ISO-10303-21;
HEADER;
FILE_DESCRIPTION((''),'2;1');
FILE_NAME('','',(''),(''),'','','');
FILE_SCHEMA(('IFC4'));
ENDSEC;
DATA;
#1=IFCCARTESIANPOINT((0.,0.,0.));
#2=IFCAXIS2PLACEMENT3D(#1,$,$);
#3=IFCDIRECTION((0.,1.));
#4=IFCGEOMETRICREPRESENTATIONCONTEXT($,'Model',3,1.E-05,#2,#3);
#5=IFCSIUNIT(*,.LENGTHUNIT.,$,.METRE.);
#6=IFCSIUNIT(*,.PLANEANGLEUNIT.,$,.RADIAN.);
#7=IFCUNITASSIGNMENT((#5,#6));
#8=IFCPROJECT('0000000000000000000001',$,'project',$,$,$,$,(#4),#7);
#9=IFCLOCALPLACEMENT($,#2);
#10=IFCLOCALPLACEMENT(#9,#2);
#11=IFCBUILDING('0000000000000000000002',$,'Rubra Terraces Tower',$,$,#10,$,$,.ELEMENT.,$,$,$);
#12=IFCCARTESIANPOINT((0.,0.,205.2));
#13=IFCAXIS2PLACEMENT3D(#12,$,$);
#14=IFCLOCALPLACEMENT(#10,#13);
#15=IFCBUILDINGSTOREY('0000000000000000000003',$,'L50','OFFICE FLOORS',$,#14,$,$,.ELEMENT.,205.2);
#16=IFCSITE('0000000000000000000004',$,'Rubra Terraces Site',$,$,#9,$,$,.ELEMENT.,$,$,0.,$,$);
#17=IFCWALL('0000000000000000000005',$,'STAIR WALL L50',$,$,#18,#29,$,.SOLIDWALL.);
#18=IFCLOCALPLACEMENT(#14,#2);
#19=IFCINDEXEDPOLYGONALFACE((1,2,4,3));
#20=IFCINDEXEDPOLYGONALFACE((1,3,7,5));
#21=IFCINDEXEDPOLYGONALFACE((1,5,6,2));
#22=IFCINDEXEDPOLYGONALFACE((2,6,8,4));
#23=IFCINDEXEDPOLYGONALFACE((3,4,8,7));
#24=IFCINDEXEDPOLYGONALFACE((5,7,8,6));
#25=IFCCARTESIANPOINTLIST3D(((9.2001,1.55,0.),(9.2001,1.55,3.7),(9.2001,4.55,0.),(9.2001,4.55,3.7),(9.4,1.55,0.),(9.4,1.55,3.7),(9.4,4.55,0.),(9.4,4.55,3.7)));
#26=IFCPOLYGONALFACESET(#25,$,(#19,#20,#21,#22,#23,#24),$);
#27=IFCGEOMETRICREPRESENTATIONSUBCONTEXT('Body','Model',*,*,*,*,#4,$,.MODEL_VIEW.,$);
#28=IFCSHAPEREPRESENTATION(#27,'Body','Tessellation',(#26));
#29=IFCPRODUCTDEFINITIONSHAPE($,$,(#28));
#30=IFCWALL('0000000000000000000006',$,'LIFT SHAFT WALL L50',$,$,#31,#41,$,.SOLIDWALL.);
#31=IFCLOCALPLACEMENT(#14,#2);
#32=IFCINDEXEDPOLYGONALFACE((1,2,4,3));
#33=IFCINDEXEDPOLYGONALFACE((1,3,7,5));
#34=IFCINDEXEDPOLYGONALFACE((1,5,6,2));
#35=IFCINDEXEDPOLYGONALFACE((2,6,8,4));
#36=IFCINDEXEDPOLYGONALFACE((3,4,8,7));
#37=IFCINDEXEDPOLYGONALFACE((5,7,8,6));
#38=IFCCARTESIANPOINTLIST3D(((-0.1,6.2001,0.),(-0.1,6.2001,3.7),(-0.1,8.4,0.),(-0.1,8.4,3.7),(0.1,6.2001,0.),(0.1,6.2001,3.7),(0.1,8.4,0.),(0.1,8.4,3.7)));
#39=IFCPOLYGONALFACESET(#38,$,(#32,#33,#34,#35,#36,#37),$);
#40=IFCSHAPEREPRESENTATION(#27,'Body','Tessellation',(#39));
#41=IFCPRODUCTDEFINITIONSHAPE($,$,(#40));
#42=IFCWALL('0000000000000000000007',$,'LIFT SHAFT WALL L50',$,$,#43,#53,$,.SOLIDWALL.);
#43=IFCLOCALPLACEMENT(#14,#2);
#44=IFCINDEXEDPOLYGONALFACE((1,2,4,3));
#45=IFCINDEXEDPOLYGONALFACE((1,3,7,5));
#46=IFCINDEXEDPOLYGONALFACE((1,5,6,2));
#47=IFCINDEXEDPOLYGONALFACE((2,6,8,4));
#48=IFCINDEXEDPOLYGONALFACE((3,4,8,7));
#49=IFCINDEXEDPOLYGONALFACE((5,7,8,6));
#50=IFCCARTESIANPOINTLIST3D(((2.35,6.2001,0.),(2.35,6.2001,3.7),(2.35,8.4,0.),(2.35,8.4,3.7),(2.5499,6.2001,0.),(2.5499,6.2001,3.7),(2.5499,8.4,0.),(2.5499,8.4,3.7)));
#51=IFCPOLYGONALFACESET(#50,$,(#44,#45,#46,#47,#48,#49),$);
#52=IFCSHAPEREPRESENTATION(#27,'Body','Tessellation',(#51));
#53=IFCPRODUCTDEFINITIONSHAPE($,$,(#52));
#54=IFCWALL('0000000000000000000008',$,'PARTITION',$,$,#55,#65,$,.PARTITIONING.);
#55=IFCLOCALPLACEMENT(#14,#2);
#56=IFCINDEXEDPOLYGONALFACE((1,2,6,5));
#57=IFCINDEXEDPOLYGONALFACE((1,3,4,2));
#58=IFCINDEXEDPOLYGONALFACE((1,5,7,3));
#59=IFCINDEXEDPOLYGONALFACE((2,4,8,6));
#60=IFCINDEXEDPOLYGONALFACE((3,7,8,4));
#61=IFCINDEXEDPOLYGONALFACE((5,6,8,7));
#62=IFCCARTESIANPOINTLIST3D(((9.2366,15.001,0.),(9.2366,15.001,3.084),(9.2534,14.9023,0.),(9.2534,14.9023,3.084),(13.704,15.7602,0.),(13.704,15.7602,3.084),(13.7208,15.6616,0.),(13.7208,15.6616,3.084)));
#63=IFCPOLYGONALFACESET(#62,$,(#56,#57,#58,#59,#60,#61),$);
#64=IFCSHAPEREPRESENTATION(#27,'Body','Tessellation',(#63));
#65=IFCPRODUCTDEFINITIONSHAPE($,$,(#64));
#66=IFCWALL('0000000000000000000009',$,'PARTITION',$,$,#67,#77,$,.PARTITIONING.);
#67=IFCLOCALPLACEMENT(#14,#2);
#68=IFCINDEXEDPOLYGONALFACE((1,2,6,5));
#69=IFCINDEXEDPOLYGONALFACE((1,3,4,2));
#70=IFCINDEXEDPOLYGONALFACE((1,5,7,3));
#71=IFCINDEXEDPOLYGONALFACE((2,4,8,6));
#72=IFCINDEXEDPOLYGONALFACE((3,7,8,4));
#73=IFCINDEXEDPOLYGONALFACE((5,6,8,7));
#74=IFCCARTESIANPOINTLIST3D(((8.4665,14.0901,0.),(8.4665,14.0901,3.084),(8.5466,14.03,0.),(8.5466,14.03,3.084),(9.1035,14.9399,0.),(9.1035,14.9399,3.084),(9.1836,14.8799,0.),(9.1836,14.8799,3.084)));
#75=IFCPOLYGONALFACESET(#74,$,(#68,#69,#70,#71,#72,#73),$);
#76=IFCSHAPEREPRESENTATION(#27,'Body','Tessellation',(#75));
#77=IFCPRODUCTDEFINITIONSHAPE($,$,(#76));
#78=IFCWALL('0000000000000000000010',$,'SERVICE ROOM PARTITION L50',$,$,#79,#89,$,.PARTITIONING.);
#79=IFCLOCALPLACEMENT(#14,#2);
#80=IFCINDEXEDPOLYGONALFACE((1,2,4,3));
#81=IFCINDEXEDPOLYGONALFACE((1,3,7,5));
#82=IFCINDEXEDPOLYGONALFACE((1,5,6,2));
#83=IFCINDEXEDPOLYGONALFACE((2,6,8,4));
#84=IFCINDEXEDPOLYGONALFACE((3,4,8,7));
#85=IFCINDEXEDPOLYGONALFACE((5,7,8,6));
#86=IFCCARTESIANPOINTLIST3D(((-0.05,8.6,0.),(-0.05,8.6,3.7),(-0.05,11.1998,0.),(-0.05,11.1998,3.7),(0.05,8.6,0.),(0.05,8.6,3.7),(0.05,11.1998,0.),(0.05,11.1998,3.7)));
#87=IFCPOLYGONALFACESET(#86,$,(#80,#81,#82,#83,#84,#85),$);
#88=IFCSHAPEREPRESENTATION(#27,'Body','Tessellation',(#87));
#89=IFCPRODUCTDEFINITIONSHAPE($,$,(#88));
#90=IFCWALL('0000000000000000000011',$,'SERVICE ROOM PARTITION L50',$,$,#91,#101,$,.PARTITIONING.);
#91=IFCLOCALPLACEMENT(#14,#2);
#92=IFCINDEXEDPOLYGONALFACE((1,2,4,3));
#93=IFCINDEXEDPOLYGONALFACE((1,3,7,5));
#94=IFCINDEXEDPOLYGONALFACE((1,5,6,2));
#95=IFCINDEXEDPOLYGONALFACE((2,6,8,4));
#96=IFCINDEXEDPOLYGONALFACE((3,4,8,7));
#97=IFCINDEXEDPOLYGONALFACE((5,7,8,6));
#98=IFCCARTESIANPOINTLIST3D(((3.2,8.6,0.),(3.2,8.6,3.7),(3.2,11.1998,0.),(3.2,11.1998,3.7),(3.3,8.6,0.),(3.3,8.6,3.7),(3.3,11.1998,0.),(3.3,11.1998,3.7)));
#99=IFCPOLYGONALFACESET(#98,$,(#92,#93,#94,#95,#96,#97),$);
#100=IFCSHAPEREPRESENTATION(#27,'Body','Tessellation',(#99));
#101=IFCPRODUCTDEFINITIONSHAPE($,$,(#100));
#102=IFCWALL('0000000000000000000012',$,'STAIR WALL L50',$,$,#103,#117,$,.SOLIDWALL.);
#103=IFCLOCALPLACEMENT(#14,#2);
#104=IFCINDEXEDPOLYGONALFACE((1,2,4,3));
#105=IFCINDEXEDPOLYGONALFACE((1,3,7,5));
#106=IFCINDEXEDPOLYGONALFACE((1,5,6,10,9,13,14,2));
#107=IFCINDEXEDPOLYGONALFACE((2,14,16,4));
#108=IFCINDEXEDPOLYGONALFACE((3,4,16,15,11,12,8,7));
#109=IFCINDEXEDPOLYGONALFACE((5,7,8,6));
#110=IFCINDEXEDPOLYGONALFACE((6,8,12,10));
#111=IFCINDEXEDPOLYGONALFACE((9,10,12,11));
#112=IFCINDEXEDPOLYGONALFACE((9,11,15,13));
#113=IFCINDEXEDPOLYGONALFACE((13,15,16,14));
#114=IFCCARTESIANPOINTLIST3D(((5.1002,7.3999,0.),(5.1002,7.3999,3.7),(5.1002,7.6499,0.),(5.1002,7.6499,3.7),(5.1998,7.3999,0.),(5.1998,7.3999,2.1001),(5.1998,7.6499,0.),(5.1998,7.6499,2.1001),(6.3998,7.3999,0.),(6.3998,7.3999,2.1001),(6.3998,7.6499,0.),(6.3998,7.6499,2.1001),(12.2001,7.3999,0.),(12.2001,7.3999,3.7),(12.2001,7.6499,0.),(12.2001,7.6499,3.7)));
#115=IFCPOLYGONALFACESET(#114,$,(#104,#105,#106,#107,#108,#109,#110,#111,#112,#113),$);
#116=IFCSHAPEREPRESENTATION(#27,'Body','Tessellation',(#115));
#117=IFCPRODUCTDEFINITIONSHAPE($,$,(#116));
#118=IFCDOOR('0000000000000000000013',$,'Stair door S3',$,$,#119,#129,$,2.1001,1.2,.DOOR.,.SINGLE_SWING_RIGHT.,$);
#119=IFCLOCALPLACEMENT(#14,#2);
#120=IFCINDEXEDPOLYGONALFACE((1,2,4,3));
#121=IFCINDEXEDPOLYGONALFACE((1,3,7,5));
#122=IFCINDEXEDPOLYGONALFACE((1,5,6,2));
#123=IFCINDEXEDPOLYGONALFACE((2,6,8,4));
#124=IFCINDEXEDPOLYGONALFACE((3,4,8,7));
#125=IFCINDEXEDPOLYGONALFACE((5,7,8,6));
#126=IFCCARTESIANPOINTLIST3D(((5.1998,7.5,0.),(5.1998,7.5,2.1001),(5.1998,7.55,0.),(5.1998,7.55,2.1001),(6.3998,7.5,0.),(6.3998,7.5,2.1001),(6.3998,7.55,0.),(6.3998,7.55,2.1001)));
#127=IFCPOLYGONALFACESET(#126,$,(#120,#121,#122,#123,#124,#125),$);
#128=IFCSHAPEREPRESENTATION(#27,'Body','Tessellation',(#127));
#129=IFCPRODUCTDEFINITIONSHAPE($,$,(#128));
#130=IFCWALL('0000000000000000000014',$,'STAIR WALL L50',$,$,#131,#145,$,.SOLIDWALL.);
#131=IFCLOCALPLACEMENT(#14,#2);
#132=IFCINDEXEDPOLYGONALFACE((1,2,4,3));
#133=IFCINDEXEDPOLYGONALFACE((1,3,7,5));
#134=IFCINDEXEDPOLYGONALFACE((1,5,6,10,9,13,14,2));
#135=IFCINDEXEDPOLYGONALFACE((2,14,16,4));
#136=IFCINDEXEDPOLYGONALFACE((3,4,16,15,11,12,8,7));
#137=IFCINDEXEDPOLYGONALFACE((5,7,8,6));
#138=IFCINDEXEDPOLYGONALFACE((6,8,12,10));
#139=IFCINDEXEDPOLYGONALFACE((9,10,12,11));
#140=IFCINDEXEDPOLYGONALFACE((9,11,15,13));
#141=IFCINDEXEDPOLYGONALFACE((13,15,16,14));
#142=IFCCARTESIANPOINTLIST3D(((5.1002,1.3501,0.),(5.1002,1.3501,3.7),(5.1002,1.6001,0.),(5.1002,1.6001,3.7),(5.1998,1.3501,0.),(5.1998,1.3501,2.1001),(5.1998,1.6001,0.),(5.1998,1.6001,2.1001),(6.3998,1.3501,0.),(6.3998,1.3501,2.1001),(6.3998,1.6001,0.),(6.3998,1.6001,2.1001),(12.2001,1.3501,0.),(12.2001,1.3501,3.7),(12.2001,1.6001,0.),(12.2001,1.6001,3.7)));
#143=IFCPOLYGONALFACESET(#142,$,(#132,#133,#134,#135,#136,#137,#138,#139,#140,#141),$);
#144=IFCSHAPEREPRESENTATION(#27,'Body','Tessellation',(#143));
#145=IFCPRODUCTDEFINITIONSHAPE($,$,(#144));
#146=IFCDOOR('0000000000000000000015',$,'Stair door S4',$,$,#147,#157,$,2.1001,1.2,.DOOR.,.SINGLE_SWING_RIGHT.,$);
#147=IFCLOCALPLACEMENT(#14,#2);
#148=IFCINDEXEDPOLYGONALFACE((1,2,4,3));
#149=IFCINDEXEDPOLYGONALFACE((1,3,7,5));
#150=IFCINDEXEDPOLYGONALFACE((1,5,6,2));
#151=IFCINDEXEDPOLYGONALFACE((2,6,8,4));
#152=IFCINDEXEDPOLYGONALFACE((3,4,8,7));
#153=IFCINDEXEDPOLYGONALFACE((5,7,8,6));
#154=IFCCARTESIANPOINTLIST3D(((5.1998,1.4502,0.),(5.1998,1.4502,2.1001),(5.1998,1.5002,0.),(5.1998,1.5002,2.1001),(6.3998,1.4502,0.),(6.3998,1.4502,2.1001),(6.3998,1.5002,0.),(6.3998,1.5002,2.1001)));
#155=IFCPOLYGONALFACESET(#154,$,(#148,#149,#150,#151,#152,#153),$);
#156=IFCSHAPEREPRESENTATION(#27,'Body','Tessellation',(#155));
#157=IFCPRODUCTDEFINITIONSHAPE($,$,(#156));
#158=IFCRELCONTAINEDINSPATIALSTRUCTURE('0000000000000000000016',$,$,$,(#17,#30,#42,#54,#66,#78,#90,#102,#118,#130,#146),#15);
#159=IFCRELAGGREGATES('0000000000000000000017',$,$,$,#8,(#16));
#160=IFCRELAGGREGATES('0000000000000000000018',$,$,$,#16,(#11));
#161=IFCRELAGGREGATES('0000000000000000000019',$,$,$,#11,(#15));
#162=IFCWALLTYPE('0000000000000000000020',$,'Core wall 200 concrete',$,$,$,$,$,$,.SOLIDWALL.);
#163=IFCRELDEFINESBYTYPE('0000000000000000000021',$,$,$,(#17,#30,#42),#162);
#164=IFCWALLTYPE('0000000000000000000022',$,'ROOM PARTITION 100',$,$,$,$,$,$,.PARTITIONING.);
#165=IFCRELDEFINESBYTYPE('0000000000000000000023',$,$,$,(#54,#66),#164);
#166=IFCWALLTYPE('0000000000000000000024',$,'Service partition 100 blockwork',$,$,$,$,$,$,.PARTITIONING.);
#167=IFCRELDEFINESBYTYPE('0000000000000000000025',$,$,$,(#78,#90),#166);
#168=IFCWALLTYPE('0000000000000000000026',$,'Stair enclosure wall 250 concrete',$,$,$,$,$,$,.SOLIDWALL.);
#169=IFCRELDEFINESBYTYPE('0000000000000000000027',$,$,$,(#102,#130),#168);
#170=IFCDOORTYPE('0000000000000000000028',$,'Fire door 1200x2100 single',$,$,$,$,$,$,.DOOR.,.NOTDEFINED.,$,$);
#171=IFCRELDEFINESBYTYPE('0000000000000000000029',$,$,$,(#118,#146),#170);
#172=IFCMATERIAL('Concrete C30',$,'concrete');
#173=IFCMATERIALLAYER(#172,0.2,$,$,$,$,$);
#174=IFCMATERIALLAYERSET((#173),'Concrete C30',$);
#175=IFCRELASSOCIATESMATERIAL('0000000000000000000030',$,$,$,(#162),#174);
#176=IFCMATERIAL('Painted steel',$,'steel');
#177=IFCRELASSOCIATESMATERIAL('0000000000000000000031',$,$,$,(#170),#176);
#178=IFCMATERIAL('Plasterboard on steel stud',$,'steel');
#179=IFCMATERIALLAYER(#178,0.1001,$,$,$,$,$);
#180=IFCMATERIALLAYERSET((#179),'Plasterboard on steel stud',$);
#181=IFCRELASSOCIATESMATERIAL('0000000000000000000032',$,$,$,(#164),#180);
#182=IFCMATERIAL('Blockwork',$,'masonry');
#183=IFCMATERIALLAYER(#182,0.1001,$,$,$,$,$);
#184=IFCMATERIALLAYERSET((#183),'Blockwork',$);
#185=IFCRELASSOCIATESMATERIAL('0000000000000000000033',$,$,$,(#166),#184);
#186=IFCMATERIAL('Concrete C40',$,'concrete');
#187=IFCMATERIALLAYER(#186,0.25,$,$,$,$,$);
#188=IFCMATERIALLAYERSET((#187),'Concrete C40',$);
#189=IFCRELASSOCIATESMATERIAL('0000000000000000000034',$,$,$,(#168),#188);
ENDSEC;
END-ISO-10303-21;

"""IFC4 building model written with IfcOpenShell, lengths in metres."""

from ifc_helpers import new_model, si_unit, direction, frame, frame_2d, origin, place, context, subcontext, project, spatial, rectangle, extrude, material, layer, layer_set, type_object, element, fill, save


model = new_model("IFC4")

# Units and contexts
model_context = context("Model", 3, precision=1e-05, world=origin(), true_north=direction((0.0, 1.0)))
body_context = subcontext(model_context, "Body", "Model", "MODEL_VIEW")
ifc_project = project(units=[si_unit("LENGTHUNIT", "METRE"), si_unit("PLANEANGLEUNIT", "RADIAN")], contexts=[model_context])

# Site, building, storey
site_placement = place(None, origin())
site = spatial("IfcSite", under=ifc_project, at=site_placement, Name="Rubra Terraces Site", CompositionType="ELEMENT", RefElevation=0.0)
building_placement = place(site_placement, origin())
building = spatial("IfcBuilding", under=site, at=building_placement, Name="Rubra Terraces Tower", CompositionType="ELEMENT")
storey_placement = place(building_placement, frame((0.0, 0.0, 205.2)))
storey = spatial("IfcBuildingStorey", under=building, at=storey_placement, Name="L50", Description="OFFICE FLOORS", CompositionType="ELEMENT", Elevation=205.2)

# Shared definitions
ifc_material_1 = material(Name="Concrete C40", Category="concrete")

# Shared definitions
ifc_material_2 = material(Name="Concrete C30", Category="concrete")
ifc_layer_1 = layer(ifc_material_2, 0.2)
ifc_layer_set_1 = layer_set([ifc_layer_1], Name="Concrete C30")
wall_type_1 = type_object("IfcWallType", Name="Core wall 200 concrete", PredefinedType="SOLIDWALL", material=ifc_layer_set_1)
ifc_material_3 = material(Name="Painted steel", Category="steel")
door_type_1 = type_object("IfcDoorType", Name="Fire door 1200x2100 single", OperationType="NOTDEFINED", PredefinedType="DOOR", material=ifc_material_3)

# Walls
wall_1_placement = place(storey_placement, frame((9.3, 4.55, 0.0), z_axis=(0.0, 0.0, 1.0), x_axis=(0.0, -1.0, 0.0)))
element("IfcWall", 1, at=wall_1_placement, inside=storey, type_object=wall_type_1, Name="STAIR WALL L50", PredefinedType="SOLIDWALL", context=body_context, shape_type="SweptSolid", body=[
    extrude(rectangle(XDim=3.0, YDim=0.2, at=frame_2d((1.5, 0.0))), origin(), (0.0, 0.0, 1.0), 3.7),
])
for number, where, z_axis, x_axis, name in (
    (2, (0.0, 6.2, 0.0), (0.0, 0.0, 1.0), (0.0, 1.0, 0.0), "LIFT SHAFT WALL L50"),
    (3, (2.45, 6.2, 0.0), (0.0, 0.0, 1.0), (0.0, 1.0, 0.0), "LIFT SHAFT WALL L50"),
):
    element("IfcWall", number, at=place(storey_placement, frame(where, z_axis=z_axis, x_axis=x_axis)), inside=storey, type_object=wall_type_1, Name=name, PredefinedType="SOLIDWALL", context=body_context, shape_type="SweptSolid", body=[
        extrude(rectangle(XDim=2.2, YDim=0.2, at=frame_2d((1.1001, 0.0))), origin(), (0.0, 0.0, 1.0), 3.7),
    ])
ifc_material_4 = material(Name="Plasterboard on steel stud", Category="steel")
ifc_layer_2 = layer(ifc_material_4, 0.1001)
ifc_layer_set_2 = layer_set([ifc_layer_2], Name="Plasterboard on steel stud")
wall_type_2 = type_object("IfcWallType", Name="ROOM PARTITION 100", PredefinedType="PARTITIONING", material=ifc_layer_set_2)
wall_2_placement = place(storey_placement, frame((9.2451, 14.9517, 0.0), z_axis=(0.0, 0.0, 1.0), x_axis=(0.985863, 0.167552, 0.0)))
element("IfcWall", 4, at=wall_2_placement, inside=storey, type_object=wall_type_2, Name="PARTITION", PredefinedType="PARTITIONING", context=body_context, shape_type="SweptSolid", body=[
    extrude(rectangle(XDim=4.5315, YDim=0.1001, at=frame_2d((2.2656, 0.0))), origin(), (0.0, 0.0, 1.0), 3.084),
])
wall_3_placement = place(storey_placement, frame((8.5066, 14.0601, 0.0), z_axis=(0.0, 0.0, 1.0), x_axis=(0.599743, 0.800193, 0.0)))
element("IfcWall", 5, at=wall_3_placement, inside=storey, type_object=wall_type_2, Name="PARTITION", PredefinedType="PARTITIONING", context=body_context, shape_type="SweptSolid", body=[
    extrude(rectangle(XDim=1.062, YDim=0.1001, at=frame_2d((0.531, 0.0))), origin(), (0.0, 0.0, 1.0), 3.084),
])
ifc_material_5 = material(Name="Blockwork", Category="masonry")
ifc_layer_3 = layer(ifc_material_5, 0.1001)
ifc_layer_set_3 = layer_set([ifc_layer_3], Name="Blockwork")
wall_type_3 = type_object("IfcWallType", Name="Service partition 100 blockwork", PredefinedType="PARTITIONING", material=ifc_layer_set_3)
for number, where, z_axis, x_axis, name in (
    (6, (0.0, 8.6001, 0.0), (0.0, 0.0, 1.0), (0.0, 1.0, 0.0), "SERVICE ROOM PARTITION L50"),
    (7, (3.25, 8.6001, 0.0), (0.0, 0.0, 1.0), (0.0, 1.0, 0.0), "SERVICE ROOM PARTITION L50"),
):
    element("IfcWall", number, at=place(storey_placement, frame(where, z_axis=z_axis, x_axis=x_axis)), inside=storey, type_object=wall_type_3, Name=name, PredefinedType="PARTITIONING", context=body_context, shape_type="SweptSolid", body=[
        extrude(rectangle(XDim=2.5999, YDim=0.1001, at=frame_2d((1.2998, 0.0))), origin(), (0.0, 0.0, 1.0), 3.7),
    ])

# Walls, openings, doors
ifc_layer_4 = layer(ifc_material_1, 0.25)
ifc_layer_set_4 = layer_set([ifc_layer_4], Name="Concrete C40")
wall_type_4 = type_object("IfcWallType", Name="Stair enclosure wall 250 concrete", PredefinedType="SOLIDWALL", material=ifc_layer_set_4)
wall_4_placement = place(storey_placement, frame((12.2, 7.5249, 0.0), z_axis=(0.0, 0.0, 1.0), x_axis=(-1.0, 0.0, 0.0)))
wall_4 = element("IfcWall", 8, at=wall_4_placement, inside=storey, type_object=wall_type_4, Name="STAIR WALL L50", PredefinedType="SOLIDWALL", context=body_context, shape_type="SweptSolid", body=[
    extrude(rectangle(XDim=7.0999, YDim=0.25, at=frame_2d((3.5498, 0.0))), origin(), (0.0, 0.0, 1.0), 3.7),
])
opening_1_placement = place(wall_4_placement, frame((5.8, 0.0, 0.0)))
opening_1 = element("IfcOpeningElement", 9, at=opening_1_placement, cuts=wall_4, PredefinedType="OPENING", context=body_context, shape_type="SweptSolid", body=[
    extrude(rectangle(XDim=1.2, YDim=2.1001, at=frame_2d((0.6001, 1.05))), frame((0.0, 0.135, 0.0), z_axis=(0.0, -1.0, 0.0), x_axis=(1.0, 0.0, 0.0)), (0.0, 0.0, 1.0), 0.27),
])
door_1_placement = place(opening_1_placement, origin())
door_1 = element("IfcDoor", 10, at=door_1_placement, inside=storey, type_object=door_type_1, Name="Stair door S3", OperationType="SINGLE_SWING_RIGHT", OverallHeight=2.1001, OverallWidth=1.2, PredefinedType="DOOR", context=body_context, shape_type="SweptSolid", body=[
    extrude(rectangle(XDim=1.2, YDim=2.1001, at=frame_2d((0.6001, 1.05))), frame((0.0, 0.0249, 0.0), z_axis=(0.0, -1.0, 0.0), x_axis=(1.0, 0.0, 0.0)), (0.0, 0.0, 1.0), 0.05),
])
fill(opening_1, door_1)
wall_5_placement = place(storey_placement, frame((12.2, 1.4751, 0.0), z_axis=(0.0, 0.0, 1.0), x_axis=(-1.0, 0.0, 0.0)))
wall_5 = element("IfcWall", 11, at=wall_5_placement, inside=storey, type_object=wall_type_4, Name="STAIR WALL L50", PredefinedType="SOLIDWALL", context=body_context, shape_type="SweptSolid", body=[
    extrude(rectangle(XDim=7.0999, YDim=0.25, at=frame_2d((3.5498, 0.0))), origin(), (0.0, 0.0, 1.0), 3.7),
])
opening_2_placement = place(wall_5_placement, frame((5.8, 0.0, 0.0)))
opening_2 = element("IfcOpeningElement", 12, at=opening_2_placement, cuts=wall_5, PredefinedType="OPENING", context=body_context, shape_type="SweptSolid", body=[
    extrude(rectangle(XDim=1.2, YDim=2.1001, at=frame_2d((0.6001, 1.05))), frame((0.0, 0.135, 0.0), z_axis=(0.0, -1.0, 0.0), x_axis=(1.0, 0.0, 0.0)), (0.0, 0.0, 1.0), 0.27),
])
door_2_placement = place(opening_2_placement, origin())
door_2 = element("IfcDoor", 13, at=door_2_placement, inside=storey, type_object=door_type_1, Name="Stair door S4", OperationType="SINGLE_SWING_RIGHT", OverallHeight=2.1001, OverallWidth=1.2, PredefinedType="DOOR", context=body_context, shape_type="SweptSolid", body=[
    extrude(rectangle(XDim=1.2, YDim=2.1001, at=frame_2d((0.6001, 1.05))), frame((0.0, 0.0249, 0.0), z_axis=(0.0, -1.0, 0.0), x_axis=(1.0, 0.0, 0.0)), (0.0, 0.0, 1.0), 0.05),
])
fill(opening_2, door_2)

save(model, "model.ifc")
